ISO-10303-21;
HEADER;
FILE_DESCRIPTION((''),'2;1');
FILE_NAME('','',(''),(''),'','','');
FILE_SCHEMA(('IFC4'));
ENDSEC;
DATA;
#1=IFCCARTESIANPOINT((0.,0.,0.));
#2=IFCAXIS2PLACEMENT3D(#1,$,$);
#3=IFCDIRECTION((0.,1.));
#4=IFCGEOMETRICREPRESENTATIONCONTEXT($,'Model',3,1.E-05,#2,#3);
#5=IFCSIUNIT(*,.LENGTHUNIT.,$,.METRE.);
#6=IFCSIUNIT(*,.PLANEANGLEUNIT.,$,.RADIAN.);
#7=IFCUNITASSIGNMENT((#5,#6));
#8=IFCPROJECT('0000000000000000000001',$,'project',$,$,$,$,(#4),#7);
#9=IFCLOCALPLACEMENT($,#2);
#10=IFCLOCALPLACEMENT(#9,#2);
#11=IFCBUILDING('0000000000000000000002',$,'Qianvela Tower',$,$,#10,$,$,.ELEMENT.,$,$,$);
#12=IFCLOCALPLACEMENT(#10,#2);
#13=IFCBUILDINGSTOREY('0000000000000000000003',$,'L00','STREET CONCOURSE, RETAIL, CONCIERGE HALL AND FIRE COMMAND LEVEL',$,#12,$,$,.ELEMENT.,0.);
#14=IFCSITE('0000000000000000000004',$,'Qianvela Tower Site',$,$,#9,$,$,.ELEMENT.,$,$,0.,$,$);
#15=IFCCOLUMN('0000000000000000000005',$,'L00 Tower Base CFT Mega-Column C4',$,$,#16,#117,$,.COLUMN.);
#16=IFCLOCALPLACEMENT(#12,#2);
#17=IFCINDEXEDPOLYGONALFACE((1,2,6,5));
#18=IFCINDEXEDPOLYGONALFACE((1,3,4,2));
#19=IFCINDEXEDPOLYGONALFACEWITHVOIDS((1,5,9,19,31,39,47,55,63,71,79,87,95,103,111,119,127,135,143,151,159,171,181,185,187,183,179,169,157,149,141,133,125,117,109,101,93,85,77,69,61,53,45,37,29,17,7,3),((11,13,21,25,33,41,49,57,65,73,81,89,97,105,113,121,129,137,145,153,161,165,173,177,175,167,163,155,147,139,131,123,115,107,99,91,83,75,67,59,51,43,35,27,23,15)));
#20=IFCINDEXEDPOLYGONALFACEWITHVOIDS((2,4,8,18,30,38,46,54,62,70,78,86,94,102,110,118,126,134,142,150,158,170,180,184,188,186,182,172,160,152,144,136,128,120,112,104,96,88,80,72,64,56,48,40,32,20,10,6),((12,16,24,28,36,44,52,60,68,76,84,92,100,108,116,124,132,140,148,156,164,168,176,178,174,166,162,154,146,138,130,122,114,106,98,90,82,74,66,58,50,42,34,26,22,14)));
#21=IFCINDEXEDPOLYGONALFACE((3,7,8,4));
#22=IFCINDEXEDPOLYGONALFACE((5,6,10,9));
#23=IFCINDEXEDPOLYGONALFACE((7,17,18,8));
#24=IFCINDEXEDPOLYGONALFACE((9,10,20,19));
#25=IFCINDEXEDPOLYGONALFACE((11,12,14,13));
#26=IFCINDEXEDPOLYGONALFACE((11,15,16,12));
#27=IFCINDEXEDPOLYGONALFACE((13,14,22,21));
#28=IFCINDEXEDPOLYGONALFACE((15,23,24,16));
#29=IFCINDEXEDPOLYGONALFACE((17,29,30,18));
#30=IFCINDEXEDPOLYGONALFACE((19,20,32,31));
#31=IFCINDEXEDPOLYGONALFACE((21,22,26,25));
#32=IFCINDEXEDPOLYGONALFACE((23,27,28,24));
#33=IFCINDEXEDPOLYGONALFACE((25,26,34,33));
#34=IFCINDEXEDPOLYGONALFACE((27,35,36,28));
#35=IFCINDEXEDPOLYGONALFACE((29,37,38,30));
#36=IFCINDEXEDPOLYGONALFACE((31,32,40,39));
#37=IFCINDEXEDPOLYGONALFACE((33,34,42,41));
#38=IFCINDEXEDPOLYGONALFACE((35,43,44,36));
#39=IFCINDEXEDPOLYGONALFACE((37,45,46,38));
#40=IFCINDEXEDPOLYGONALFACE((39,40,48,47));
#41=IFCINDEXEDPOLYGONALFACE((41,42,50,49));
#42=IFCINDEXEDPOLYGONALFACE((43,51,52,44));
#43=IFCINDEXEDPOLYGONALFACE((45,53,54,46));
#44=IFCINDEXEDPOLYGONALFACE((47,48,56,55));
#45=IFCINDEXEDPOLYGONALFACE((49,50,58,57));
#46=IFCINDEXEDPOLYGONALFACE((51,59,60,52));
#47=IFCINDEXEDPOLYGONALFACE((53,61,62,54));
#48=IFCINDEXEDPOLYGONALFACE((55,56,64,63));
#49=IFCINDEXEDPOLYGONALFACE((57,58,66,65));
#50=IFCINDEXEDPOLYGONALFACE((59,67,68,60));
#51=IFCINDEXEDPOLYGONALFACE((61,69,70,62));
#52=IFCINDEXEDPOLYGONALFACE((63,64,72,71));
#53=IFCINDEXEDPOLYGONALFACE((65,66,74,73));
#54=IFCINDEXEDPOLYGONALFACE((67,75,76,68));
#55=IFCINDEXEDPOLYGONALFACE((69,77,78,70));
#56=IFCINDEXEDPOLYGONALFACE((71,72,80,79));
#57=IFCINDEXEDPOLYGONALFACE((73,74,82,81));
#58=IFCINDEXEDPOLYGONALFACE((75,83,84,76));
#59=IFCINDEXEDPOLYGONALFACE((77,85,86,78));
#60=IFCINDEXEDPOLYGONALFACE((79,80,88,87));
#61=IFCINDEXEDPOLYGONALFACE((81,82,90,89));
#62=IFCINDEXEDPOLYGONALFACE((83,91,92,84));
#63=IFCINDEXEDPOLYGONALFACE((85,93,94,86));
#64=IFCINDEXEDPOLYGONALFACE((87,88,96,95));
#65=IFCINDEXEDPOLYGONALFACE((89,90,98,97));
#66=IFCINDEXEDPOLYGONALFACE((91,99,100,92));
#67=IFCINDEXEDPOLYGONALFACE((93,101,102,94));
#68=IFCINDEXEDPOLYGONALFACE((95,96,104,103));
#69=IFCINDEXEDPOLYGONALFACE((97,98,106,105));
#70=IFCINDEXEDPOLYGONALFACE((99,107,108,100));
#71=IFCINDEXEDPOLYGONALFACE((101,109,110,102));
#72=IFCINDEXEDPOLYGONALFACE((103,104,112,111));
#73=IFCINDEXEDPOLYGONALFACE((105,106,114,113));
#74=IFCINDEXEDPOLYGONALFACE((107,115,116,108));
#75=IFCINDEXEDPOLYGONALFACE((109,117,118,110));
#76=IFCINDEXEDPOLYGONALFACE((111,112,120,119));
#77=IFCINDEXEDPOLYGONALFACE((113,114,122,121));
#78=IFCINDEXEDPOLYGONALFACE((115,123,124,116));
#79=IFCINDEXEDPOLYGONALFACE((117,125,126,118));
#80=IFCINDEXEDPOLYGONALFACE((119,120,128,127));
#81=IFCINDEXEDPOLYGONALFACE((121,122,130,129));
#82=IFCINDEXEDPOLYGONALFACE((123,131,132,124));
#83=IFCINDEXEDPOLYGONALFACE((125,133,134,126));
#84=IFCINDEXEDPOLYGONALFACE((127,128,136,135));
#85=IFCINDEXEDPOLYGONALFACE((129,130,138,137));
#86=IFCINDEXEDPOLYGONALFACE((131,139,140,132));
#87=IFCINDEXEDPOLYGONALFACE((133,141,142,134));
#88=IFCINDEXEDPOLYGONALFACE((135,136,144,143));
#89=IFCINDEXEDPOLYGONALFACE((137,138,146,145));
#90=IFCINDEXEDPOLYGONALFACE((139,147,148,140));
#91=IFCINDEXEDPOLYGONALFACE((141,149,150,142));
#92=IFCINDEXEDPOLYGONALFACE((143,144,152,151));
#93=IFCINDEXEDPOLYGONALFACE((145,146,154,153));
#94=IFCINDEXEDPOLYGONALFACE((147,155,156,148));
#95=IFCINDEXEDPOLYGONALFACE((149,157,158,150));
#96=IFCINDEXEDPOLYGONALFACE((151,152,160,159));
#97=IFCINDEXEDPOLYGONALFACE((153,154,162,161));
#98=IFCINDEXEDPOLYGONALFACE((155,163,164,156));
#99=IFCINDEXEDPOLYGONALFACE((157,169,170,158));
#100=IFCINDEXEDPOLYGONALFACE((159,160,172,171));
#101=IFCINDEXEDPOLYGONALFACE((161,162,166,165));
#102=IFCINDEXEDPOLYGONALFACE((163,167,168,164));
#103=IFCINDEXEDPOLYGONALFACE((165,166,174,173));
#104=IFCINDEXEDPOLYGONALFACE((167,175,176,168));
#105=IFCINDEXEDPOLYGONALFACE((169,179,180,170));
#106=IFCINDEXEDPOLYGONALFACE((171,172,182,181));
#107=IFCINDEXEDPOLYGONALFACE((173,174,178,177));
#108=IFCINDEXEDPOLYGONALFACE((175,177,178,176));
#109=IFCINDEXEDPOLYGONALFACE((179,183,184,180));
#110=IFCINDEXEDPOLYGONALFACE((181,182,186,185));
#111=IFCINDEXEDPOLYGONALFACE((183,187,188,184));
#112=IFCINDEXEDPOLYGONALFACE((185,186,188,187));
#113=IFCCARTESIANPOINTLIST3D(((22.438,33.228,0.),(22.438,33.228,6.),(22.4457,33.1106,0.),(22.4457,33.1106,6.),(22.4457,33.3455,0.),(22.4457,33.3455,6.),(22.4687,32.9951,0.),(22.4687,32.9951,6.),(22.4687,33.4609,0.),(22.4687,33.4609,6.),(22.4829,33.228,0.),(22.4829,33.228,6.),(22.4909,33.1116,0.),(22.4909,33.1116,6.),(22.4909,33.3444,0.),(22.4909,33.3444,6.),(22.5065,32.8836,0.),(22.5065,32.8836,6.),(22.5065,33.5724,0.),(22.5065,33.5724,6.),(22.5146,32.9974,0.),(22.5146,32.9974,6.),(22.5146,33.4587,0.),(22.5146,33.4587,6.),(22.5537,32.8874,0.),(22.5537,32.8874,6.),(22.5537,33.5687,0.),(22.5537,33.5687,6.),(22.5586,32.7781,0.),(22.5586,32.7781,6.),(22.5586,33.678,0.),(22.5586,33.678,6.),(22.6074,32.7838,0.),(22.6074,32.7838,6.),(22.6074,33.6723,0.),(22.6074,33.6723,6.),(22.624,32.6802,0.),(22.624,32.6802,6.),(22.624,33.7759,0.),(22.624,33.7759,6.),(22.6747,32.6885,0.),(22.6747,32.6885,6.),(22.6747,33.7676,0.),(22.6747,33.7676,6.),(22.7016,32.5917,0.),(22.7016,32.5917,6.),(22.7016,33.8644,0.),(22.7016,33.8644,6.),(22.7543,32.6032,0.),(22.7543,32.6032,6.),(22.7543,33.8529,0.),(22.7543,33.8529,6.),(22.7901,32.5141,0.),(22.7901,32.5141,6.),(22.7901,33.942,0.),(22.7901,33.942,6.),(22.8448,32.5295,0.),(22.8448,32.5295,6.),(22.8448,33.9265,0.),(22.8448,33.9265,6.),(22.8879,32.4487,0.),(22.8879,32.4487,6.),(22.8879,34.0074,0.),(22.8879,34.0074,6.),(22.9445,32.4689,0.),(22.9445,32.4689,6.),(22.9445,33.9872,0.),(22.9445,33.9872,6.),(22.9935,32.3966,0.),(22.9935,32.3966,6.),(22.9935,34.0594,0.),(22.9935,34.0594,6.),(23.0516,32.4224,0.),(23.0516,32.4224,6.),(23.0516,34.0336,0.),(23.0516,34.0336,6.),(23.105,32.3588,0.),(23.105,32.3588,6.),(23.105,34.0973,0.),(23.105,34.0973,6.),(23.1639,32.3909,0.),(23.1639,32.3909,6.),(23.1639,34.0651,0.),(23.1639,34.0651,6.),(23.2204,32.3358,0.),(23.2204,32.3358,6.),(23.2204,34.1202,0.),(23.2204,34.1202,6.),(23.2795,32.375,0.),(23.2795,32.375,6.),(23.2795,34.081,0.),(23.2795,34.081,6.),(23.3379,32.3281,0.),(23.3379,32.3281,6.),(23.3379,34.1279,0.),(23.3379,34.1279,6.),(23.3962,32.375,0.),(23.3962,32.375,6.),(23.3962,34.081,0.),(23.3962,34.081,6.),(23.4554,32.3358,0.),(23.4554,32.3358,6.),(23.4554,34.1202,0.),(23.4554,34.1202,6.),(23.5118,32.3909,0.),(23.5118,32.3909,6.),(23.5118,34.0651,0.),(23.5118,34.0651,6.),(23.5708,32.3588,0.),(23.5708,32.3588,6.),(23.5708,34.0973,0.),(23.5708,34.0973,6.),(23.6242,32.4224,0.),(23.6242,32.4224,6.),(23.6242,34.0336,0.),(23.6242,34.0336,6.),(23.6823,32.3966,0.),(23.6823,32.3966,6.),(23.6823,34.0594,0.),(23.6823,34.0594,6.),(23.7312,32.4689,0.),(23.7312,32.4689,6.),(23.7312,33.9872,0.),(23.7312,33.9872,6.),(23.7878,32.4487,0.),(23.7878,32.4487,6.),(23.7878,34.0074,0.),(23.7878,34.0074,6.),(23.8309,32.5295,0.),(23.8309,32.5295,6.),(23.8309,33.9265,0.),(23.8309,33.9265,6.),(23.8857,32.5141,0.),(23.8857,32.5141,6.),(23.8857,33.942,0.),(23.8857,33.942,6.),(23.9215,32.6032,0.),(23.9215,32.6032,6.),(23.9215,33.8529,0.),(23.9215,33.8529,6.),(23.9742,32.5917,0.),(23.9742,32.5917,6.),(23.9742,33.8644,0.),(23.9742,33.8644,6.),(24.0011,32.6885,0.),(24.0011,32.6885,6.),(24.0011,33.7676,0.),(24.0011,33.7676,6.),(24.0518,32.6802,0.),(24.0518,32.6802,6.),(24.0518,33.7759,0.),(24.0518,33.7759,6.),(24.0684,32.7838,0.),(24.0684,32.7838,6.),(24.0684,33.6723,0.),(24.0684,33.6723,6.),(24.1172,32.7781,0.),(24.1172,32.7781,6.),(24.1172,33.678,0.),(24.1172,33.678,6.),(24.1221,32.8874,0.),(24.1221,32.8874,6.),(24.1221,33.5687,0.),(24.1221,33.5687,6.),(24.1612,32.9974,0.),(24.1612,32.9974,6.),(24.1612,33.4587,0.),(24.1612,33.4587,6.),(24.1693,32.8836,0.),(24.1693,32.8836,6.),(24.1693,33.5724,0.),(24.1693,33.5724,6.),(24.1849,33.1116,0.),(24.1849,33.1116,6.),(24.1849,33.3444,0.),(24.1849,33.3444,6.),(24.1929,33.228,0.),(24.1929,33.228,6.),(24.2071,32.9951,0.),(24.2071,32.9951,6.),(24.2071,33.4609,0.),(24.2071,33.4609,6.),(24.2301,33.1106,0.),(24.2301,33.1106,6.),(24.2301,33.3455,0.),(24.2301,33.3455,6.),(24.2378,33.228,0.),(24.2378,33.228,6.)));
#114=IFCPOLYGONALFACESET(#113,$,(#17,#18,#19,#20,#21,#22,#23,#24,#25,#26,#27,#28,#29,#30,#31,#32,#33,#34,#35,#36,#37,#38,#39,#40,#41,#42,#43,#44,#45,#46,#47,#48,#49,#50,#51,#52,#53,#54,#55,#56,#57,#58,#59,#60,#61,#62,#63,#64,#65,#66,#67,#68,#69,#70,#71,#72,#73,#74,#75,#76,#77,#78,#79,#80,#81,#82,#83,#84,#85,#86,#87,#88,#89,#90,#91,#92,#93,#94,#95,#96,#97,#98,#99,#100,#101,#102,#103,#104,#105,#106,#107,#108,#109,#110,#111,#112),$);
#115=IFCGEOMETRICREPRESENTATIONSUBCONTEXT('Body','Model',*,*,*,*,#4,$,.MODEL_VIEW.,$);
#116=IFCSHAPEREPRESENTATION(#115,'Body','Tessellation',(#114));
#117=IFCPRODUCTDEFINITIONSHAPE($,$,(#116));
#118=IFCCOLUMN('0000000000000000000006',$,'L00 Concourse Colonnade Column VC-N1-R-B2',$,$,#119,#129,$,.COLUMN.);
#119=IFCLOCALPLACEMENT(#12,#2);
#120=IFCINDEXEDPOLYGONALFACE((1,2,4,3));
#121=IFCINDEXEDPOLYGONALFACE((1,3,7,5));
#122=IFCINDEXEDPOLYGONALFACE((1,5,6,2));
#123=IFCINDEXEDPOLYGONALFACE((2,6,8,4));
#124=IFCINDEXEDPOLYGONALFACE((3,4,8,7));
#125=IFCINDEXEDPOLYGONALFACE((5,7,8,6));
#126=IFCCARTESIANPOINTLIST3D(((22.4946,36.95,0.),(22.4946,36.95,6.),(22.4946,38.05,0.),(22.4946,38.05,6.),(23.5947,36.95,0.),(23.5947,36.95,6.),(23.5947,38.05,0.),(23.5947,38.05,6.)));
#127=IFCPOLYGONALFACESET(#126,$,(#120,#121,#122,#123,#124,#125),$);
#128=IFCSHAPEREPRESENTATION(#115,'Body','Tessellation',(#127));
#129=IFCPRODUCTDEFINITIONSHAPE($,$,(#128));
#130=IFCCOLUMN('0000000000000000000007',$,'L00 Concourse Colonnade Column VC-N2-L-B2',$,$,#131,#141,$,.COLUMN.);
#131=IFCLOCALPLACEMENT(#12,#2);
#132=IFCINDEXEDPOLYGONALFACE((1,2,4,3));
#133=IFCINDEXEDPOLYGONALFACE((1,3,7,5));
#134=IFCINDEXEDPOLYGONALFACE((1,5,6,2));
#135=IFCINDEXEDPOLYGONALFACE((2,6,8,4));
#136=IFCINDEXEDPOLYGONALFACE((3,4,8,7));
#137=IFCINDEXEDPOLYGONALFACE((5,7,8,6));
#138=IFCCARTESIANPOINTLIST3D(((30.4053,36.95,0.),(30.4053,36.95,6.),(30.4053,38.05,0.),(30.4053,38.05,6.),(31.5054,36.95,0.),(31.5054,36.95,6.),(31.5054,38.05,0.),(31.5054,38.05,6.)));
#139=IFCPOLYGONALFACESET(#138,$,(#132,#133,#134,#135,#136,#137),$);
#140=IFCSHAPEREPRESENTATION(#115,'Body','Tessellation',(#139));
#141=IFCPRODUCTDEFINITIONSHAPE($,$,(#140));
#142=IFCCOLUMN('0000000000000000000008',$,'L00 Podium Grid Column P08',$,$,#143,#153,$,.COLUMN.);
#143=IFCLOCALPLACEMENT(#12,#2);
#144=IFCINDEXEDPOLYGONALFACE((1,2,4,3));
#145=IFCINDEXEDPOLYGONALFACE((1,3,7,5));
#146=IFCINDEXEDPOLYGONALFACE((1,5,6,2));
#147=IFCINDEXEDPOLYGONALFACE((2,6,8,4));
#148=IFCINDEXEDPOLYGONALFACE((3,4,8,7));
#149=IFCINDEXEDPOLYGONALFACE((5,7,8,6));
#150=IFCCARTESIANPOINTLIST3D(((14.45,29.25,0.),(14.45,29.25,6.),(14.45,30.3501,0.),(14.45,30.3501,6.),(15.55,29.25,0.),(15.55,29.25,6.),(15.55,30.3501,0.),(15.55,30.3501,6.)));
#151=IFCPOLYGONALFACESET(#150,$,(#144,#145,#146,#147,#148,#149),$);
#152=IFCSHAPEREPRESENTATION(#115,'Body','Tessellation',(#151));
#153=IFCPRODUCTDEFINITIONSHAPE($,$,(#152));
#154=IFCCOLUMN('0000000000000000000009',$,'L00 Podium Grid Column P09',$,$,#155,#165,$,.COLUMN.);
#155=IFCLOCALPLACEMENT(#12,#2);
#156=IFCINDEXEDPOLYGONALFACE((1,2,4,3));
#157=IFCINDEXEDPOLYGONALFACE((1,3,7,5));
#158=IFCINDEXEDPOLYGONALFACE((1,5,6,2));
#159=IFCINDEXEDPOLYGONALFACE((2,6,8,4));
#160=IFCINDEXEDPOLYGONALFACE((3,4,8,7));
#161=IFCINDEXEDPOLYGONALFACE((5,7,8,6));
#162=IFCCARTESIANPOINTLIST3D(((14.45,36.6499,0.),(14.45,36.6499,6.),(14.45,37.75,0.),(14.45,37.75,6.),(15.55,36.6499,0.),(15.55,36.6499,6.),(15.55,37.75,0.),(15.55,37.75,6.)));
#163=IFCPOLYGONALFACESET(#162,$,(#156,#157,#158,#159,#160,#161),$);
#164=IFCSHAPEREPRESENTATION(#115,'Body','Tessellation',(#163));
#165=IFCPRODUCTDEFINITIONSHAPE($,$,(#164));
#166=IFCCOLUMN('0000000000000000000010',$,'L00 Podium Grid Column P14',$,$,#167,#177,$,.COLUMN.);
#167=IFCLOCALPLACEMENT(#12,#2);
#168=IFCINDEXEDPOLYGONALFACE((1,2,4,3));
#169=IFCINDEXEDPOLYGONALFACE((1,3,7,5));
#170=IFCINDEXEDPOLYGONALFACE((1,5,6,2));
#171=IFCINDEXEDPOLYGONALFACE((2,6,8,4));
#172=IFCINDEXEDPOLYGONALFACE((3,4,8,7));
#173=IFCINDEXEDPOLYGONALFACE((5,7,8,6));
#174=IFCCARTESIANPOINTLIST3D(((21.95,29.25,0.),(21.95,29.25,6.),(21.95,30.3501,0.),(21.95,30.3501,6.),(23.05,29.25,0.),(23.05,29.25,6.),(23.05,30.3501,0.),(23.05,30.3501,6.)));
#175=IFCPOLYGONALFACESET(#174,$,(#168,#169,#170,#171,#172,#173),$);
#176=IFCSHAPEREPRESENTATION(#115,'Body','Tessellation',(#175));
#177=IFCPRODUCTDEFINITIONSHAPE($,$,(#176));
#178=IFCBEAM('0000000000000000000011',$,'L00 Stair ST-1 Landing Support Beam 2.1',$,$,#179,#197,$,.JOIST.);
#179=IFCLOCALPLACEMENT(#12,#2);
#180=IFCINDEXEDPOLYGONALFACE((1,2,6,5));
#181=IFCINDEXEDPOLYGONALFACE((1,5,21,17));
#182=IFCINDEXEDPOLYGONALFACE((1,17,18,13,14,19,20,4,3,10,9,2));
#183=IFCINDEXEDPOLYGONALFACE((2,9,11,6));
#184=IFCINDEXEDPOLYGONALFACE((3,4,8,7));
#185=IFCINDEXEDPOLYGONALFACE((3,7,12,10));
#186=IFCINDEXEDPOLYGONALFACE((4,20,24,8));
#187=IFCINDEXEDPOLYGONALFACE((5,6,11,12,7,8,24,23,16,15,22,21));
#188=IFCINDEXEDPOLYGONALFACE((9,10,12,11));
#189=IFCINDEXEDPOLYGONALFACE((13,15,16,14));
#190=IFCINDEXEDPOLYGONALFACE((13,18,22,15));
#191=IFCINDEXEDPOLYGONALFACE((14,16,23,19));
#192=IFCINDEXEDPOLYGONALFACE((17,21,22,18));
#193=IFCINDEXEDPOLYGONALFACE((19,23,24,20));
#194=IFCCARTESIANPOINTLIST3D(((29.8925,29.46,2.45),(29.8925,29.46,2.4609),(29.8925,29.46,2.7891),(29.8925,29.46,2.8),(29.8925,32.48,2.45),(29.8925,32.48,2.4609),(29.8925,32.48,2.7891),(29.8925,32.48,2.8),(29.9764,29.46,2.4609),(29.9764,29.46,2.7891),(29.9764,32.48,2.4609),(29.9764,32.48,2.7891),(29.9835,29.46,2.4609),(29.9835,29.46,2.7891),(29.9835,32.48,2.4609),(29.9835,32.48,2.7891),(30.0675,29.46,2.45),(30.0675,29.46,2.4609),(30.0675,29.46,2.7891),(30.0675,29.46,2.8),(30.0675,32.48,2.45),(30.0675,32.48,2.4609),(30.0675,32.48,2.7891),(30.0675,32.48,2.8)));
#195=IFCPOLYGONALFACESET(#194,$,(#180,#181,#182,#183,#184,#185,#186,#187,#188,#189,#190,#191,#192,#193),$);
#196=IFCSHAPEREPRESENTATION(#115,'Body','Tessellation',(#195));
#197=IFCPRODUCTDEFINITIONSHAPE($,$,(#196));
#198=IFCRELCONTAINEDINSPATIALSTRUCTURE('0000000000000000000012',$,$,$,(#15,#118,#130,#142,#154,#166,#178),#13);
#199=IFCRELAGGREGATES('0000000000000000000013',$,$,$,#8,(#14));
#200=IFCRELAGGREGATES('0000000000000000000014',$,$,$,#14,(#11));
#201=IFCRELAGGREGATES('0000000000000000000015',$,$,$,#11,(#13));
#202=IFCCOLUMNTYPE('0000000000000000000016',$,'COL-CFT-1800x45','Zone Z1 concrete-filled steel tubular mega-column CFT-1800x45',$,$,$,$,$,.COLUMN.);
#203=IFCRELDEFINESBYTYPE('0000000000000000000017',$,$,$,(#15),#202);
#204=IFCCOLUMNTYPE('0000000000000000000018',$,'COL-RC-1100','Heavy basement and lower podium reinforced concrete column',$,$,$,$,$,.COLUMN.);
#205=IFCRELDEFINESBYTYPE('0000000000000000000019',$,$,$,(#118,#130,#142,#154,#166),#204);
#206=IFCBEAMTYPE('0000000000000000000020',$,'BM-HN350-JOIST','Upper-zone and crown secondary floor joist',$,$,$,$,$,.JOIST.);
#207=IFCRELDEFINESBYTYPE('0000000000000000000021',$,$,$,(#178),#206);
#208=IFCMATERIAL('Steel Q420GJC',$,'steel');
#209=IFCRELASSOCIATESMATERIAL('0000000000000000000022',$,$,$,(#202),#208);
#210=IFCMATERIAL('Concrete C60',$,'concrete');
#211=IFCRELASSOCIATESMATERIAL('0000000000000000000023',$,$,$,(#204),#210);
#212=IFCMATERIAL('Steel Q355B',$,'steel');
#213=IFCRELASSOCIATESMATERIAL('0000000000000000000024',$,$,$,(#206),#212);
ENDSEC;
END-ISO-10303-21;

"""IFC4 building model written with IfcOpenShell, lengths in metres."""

from ifc_helpers import new_model, si_unit, direction, frame, origin, origin_2d, place, context, subcontext, project, spatial, rectangle, hollow_circle, i_section, extrude, material, material_profile, profile_set, type_object, element, save


model = new_model("IFC4")

# Units and contexts
model_context = context("Model", 3, precision=1e-05, world=origin(), true_north=direction((0.0, 1.0)))
body_context = subcontext(model_context, "Body", "Model", "MODEL_VIEW")
ifc_project = project(units=[si_unit("LENGTHUNIT", "METRE"), si_unit("PLANEANGLEUNIT", "RADIAN")], contexts=[model_context])

# Site, building, storey
site_placement = place(None, origin())
site = spatial("IfcSite", under=ifc_project, at=site_placement, Name="Qianvela Tower Site", CompositionType="ELEMENT", RefElevation=0.0)
building_placement = place(site_placement, origin())
building = spatial("IfcBuilding", under=site, at=building_placement, Name="Qianvela Tower", CompositionType="ELEMENT")
storey_placement = place(building_placement, origin())
storey = spatial("IfcBuildingStorey", under=building, at=storey_placement, Name="L00", Description="STREET CONCOURSE, RETAIL, CONCIERGE HALL AND FIRE COMMAND LEVEL", CompositionType="ELEMENT", Elevation=0.0)

# Columns
ifc_material_1 = material(Name="Steel Q420GJC", Category="steel")
ifc_material_profile_1 = material_profile(ifc_material_1, hollow_circle(Radius=0.8999, WallThickness=0.0449, at=origin_2d()), Name="CFT-1800x45")
ifc_profile_set_1 = profile_set([ifc_material_profile_1], Name="Steel Q420GJC")
column_type_1 = type_object("IfcColumnType", Name="COL-CFT-1800x45", Description="Zone Z1 concrete-filled steel tubular mega-column CFT-1800x45", PredefinedType="COLUMN", material=ifc_profile_set_1)
for number, where, z_axis, x_axis, name in (
    (1, (23.3379, 33.228, 0.0), (0.0, 0.0, 1.0), (1.0, 0.0, 0.0), "L00 Tower Base CFT Mega-Column C4"),
):
    element("IfcColumn", number, at=place(storey_placement, frame(where, z_axis=z_axis, x_axis=x_axis)), inside=storey, type_object=column_type_1, Name=name, PredefinedType="COLUMN", context=body_context, shape_type="SweptSolid", body=[
        extrude(hollow_circle(Radius=0.8999, WallThickness=0.0449, at=origin_2d()), origin(), (0.0, 0.0, 1.0), 6.0),
    ])
ifc_material_2 = material(Name="Concrete C60", Category="concrete")
ifc_material_profile_2 = material_profile(ifc_material_2, rectangle(XDim=1.1001, YDim=1.1001, at=origin_2d()), Name="RC-COL-1100x1100")
ifc_profile_set_2 = profile_set([ifc_material_profile_2], Name="Concrete C60")
column_type_2 = type_object("IfcColumnType", Name="COL-RC-1100", Description="Heavy basement and lower podium reinforced concrete column", PredefinedType="COLUMN", material=ifc_profile_set_2)
for number, where, z_axis, x_axis, name in (
    (2, (23.0447, 37.5, 0.0), (0.0, 0.0, 1.0), (1.0, 0.0, 0.0), "L00 Concourse Colonnade Column VC-N1-R-B2"),
    (3, (30.9553, 37.5, 0.0), (0.0, 0.0, 1.0), (1.0, 0.0, 0.0), "L00 Concourse Colonnade Column VC-N2-L-B2"),
    (4, (15.0, 29.8, 0.0), (0.0, 0.0, 1.0), (1.0, 0.0, 0.0), "L00 Podium Grid Column P08"),
    (5, (15.0, 37.2, 0.0), (0.0, 0.0, 1.0), (1.0, 0.0, 0.0), "L00 Podium Grid Column P09"),
    (6, (22.5, 29.8, 0.0), (0.0, 0.0, 1.0), (1.0, 0.0, 0.0), "L00 Podium Grid Column P14"),
):
    element("IfcColumn", number, at=place(storey_placement, frame(where, z_axis=z_axis, x_axis=x_axis)), inside=storey, type_object=column_type_2, Name=name, PredefinedType="COLUMN", context=body_context, shape_type="SweptSolid", body=[
        extrude(rectangle(XDim=1.1001, YDim=1.1001, at=origin_2d()), origin(), (0.0, 0.0, 1.0), 6.0),
    ])

# Beam
ifc_material_3 = material(Name="Steel Q355B", Category="steel")
ifc_material_profile_3 = material_profile(ifc_material_3, i_section(OverallWidth=0.175, OverallDepth=0.3501, WebThickness=0.0071, FlangeThickness=0.011, at=origin_2d()), Name="HN350x175x7x11")
ifc_profile_set_3 = profile_set([ifc_material_profile_3], Name="Steel Q355B")
beam_type_1 = type_object("IfcBeamType", Name="BM-HN350-JOIST", Description="Upper-zone and crown secondary floor joist", PredefinedType="JOIST", material=ifc_profile_set_3)
beam_1_placement = place(storey_placement, frame((29.98, 29.46, 2.625), z_axis=(0.0, 1.0, 0.0), x_axis=(-1.0, 0.0, 0.0)))
element("IfcBeam", 7, at=beam_1_placement, inside=storey, type_object=beam_type_1, Name="L00 Stair ST-1 Landing Support Beam 2.1", PredefinedType="JOIST", context=body_context, shape_type="SweptSolid", body=[
    extrude(i_section(OverallWidth=0.175, OverallDepth=0.3501, WebThickness=0.0071, FlangeThickness=0.011, at=origin_2d()), origin(), (0.0, 0.0, 1.0), 3.02),
])

save(model, "model.ifc")
